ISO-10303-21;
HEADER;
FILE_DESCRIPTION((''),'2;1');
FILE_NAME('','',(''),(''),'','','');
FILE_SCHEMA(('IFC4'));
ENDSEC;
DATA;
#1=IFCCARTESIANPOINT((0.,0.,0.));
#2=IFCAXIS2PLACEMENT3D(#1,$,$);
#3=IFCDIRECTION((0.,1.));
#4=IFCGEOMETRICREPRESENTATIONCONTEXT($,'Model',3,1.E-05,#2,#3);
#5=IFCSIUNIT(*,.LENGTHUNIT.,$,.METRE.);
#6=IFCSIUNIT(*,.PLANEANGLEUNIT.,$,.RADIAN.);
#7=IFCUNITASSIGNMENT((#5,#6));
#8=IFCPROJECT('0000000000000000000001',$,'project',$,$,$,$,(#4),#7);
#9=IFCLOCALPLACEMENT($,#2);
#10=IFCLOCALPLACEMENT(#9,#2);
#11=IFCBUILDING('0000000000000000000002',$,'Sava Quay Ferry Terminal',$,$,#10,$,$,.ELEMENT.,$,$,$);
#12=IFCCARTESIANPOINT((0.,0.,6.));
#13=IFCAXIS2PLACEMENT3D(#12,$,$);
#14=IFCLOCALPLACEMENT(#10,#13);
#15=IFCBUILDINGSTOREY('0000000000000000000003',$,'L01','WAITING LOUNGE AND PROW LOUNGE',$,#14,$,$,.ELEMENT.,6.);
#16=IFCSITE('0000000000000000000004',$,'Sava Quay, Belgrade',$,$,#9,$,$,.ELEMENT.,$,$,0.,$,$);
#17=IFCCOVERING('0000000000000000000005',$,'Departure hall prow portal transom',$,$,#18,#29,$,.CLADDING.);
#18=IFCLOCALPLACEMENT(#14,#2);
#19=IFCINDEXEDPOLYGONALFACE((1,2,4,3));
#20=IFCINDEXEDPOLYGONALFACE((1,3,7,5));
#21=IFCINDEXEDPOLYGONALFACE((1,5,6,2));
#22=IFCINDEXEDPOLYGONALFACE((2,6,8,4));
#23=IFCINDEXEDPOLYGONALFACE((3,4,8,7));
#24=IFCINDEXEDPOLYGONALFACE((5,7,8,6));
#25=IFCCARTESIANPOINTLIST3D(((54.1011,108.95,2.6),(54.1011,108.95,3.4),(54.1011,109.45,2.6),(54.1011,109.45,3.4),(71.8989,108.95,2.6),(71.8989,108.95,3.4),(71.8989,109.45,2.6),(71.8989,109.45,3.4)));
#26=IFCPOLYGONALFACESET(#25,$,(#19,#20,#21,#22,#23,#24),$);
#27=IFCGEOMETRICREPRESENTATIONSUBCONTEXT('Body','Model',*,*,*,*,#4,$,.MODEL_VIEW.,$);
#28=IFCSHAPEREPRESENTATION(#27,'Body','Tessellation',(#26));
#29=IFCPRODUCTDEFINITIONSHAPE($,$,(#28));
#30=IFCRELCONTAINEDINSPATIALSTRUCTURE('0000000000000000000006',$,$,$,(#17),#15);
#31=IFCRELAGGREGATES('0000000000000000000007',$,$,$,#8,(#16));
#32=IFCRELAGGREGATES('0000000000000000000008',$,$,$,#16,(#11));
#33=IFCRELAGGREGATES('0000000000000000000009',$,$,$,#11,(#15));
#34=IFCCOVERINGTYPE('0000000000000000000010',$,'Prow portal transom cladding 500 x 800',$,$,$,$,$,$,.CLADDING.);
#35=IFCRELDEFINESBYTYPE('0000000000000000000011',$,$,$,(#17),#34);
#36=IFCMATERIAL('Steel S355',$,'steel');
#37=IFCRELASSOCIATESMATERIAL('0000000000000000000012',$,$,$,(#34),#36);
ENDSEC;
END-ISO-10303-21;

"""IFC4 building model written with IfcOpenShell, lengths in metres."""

from ifc_helpers import new_model, si_unit, direction, frame, origin, origin_2d, place, context, subcontext, project, spatial, rectangle, extrude, material, material_profile, profile_set, type_object, element, save


model = new_model("IFC4")

# Units and contexts
model_context = context("Model", 3, precision=1e-05, world=origin(), true_north=direction((0.0, 1.0)))
body_context = subcontext(model_context, "Body", "Model", "MODEL_VIEW")
ifc_project = project(units=[si_unit("LENGTHUNIT", "METRE"), si_unit("PLANEANGLEUNIT", "RADIAN")], contexts=[model_context])

# Site, building, storey
site_placement = place(None, origin())
site = spatial("IfcSite", under=ifc_project, at=site_placement, Name="Sava Quay, Belgrade", CompositionType="ELEMENT", RefElevation=0.0)
building_placement = place(site_placement, origin())
building = spatial("IfcBuilding", under=site, at=building_placement, Name="Sava Quay Ferry Terminal", CompositionType="ELEMENT")
storey_placement = place(building_placement, frame((0.0, 0.0, 6.0)))
storey = spatial("IfcBuildingStorey", under=building, at=storey_placement, Name="L01", Description="WAITING LOUNGE AND PROW LOUNGE", CompositionType="ELEMENT", Elevation=6.0)

# Covering
ifc_material_1 = material(Name="Steel S355", Category="steel")
ifc_material_profile_1 = material_profile(ifc_material_1, rectangle(XDim=0.5, YDim=0.8, at=origin_2d()), Name="Transom 500 x 800")
ifc_profile_set_1 = profile_set([ifc_material_profile_1], Name="Steel S355")
covering_type_1 = type_object("IfcCoveringType", Name="Prow portal transom cladding 500 x 800", PredefinedType="CLADDING", material=ifc_profile_set_1)
covering_1_placement = place(storey_placement, frame((54.1011, 109.2, 3.0), z_axis=(1.0, 0.0, 0.0), x_axis=(0.0, 1.0, 0.0)))
element("IfcCovering", 1, at=covering_1_placement, inside=storey, type_object=covering_type_1, Name="Departure hall prow portal transom", PredefinedType="CLADDING", context=body_context, shape_type="SweptSolid", body=[
    extrude(rectangle(XDim=0.5, YDim=0.8, at=origin_2d()), origin(), (0.0, 0.0, 1.0), 17.7979),
])

save(model, "model.ifc")
